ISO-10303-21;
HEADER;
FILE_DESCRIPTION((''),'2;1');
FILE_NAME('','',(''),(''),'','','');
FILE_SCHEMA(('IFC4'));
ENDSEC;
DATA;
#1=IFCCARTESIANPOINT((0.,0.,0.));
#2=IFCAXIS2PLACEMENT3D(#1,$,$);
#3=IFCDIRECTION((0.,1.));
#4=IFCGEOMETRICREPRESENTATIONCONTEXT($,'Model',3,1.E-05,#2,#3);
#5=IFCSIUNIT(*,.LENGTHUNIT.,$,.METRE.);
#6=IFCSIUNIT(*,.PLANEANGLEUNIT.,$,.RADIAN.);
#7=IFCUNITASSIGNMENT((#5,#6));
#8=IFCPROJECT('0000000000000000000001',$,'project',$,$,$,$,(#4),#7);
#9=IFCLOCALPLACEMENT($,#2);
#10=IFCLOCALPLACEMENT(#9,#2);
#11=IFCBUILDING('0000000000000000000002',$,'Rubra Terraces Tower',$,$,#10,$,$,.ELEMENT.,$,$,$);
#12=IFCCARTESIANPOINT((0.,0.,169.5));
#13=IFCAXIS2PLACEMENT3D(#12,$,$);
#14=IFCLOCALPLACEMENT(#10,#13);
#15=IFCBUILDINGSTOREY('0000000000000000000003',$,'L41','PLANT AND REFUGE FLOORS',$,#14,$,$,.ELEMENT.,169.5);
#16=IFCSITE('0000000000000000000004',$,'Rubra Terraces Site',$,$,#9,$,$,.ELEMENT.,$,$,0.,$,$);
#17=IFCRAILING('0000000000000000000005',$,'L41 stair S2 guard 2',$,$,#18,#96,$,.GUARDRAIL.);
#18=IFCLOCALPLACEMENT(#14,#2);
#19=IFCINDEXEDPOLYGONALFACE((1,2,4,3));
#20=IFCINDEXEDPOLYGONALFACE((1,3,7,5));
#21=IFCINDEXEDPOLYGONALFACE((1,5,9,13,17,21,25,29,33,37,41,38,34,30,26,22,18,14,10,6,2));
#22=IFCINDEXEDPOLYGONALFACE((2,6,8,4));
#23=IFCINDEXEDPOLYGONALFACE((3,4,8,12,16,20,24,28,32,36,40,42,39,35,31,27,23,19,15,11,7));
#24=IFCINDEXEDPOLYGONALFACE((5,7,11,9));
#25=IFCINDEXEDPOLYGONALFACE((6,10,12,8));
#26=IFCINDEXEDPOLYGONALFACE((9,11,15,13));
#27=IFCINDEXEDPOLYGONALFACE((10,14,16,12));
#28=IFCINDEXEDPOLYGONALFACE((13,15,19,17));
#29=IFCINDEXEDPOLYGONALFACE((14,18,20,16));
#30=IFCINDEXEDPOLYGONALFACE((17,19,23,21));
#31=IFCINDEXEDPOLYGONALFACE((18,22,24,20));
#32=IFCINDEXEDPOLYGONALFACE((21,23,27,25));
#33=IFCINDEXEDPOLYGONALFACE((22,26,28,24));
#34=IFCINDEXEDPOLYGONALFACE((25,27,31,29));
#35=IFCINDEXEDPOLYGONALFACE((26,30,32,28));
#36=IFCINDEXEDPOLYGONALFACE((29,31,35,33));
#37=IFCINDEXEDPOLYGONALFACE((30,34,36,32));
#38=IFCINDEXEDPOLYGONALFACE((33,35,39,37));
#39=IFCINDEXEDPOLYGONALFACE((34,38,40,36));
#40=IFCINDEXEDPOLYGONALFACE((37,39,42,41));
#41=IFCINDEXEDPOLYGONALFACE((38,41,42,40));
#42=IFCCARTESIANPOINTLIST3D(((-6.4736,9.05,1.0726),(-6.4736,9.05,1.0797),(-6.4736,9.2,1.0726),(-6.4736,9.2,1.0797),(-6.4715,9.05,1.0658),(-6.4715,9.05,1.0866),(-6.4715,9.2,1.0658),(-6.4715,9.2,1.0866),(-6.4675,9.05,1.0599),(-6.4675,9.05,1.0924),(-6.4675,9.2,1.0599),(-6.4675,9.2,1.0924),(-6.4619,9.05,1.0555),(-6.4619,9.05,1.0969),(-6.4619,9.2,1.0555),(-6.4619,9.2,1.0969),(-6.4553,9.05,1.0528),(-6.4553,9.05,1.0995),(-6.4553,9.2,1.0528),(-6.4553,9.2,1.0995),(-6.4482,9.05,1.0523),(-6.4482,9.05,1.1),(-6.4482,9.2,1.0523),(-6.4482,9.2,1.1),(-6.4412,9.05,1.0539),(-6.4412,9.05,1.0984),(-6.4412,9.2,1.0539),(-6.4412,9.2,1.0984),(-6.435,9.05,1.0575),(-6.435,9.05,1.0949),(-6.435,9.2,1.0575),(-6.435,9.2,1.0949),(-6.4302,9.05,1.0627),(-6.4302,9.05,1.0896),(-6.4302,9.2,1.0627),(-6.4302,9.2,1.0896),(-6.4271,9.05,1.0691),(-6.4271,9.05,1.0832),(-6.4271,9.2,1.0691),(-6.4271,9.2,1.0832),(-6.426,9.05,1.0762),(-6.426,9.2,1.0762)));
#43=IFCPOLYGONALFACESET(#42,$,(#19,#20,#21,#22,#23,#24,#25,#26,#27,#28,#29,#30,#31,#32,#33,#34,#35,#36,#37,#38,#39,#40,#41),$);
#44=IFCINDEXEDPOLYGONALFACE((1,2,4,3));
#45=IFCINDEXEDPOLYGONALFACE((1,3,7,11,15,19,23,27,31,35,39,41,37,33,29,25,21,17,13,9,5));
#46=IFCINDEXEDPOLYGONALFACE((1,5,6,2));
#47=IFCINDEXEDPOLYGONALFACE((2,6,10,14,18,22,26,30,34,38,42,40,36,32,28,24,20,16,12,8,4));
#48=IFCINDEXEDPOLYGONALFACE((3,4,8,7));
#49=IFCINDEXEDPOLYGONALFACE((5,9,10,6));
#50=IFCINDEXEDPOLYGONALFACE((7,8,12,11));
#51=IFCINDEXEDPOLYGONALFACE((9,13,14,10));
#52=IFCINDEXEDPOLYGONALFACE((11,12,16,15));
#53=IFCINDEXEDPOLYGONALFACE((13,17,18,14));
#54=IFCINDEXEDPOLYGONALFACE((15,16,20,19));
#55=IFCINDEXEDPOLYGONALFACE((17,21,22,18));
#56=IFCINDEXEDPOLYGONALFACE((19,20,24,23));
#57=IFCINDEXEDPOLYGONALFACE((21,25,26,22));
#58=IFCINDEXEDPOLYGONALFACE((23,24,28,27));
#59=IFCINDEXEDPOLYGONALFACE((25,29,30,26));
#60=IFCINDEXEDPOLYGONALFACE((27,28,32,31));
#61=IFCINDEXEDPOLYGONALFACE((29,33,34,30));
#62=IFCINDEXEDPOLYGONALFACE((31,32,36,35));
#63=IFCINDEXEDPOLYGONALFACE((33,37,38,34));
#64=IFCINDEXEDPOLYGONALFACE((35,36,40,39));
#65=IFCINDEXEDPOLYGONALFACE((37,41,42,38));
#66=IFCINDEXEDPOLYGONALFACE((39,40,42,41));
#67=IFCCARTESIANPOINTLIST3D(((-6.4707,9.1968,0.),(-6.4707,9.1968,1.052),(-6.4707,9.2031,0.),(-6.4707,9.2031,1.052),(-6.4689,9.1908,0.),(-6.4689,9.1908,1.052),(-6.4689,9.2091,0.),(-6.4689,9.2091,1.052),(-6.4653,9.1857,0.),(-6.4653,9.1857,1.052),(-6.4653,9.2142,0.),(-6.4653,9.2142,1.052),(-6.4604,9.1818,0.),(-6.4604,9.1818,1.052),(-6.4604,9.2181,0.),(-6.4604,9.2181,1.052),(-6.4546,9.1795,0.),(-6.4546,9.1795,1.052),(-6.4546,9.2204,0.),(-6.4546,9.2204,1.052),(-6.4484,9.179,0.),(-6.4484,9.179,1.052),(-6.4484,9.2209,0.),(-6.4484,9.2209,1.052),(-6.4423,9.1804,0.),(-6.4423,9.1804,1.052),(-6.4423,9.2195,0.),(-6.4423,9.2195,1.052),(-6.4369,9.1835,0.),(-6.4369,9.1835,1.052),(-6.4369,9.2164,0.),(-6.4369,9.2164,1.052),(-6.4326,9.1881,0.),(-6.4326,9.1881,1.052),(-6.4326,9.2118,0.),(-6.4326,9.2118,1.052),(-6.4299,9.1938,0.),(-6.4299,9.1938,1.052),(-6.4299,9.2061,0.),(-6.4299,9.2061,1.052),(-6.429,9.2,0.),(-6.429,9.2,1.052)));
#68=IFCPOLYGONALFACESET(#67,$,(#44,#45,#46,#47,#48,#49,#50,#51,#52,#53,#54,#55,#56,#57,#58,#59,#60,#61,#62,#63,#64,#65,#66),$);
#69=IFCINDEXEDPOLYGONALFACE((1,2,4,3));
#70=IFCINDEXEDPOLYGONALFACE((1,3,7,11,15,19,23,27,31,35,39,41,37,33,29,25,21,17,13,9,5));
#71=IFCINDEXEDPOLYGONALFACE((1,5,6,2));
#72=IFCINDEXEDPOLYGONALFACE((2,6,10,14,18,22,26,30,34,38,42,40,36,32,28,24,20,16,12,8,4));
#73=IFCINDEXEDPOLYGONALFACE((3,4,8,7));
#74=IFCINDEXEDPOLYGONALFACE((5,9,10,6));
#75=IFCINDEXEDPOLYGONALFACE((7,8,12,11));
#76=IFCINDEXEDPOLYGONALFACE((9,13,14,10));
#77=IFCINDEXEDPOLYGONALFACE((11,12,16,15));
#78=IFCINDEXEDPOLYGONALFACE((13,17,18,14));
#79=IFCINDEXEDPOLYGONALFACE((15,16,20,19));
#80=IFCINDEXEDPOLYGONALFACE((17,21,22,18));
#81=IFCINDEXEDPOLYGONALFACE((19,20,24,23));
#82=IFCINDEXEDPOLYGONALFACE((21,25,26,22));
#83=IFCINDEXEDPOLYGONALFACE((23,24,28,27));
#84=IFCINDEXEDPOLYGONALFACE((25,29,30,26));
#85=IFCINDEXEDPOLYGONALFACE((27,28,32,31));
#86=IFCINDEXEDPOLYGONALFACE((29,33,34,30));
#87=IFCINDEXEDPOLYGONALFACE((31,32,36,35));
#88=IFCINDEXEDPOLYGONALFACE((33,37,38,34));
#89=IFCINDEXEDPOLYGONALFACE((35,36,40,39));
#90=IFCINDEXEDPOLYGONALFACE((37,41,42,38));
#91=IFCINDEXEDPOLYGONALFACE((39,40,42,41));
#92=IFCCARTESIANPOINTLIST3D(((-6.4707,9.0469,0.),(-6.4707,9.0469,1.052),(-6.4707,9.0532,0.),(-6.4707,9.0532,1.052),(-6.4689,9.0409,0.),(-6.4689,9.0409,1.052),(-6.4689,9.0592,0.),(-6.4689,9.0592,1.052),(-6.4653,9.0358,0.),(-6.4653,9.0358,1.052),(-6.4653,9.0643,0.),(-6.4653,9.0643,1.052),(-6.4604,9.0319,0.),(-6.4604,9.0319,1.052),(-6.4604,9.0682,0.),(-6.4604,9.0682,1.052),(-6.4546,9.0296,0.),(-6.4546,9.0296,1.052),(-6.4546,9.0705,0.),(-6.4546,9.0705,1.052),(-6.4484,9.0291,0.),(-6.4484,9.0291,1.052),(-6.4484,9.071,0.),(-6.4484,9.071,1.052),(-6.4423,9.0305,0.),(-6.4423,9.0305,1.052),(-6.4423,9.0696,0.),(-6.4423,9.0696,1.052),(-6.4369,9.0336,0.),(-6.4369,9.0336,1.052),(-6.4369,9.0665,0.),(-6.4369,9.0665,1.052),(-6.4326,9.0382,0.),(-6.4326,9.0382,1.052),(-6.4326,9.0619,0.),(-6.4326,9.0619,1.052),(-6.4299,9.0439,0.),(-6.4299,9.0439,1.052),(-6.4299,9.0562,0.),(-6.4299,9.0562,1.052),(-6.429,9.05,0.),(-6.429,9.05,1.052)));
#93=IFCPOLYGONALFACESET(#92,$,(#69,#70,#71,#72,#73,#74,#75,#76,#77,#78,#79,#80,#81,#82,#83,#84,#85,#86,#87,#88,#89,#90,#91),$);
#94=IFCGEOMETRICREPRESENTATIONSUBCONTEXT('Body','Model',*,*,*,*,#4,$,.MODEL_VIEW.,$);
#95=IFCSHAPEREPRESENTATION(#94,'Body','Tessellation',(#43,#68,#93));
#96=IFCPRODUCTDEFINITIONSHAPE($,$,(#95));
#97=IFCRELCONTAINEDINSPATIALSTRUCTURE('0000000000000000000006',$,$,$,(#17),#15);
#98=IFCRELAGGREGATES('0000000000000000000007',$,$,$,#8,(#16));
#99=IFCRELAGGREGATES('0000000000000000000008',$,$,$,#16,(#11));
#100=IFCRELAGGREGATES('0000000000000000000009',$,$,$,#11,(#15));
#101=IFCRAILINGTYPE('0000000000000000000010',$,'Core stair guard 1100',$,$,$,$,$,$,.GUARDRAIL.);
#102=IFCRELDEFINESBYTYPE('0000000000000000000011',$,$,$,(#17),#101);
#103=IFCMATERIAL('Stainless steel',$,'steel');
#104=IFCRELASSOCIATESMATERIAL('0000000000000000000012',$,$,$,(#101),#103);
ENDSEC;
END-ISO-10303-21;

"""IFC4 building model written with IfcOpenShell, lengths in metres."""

from ifc_helpers import new_model, si_unit, direction, frame, origin, origin_2d, place, context, subcontext, project, spatial, circle, extrude, material, type_object, element, save


model = new_model("IFC4")

# Units and contexts
model_context = context("Model", 3, precision=1e-05, world=origin(), true_north=direction((0.0, 1.0)))
body_context = subcontext(model_context, "Body", "Model", "MODEL_VIEW")
ifc_project = project(units=[si_unit("LENGTHUNIT", "METRE"), si_unit("PLANEANGLEUNIT", "RADIAN")], contexts=[model_context])

# Site, building, storey
site_placement = place(None, origin())
site = spatial("IfcSite", under=ifc_project, at=site_placement, Name="Rubra Terraces Site", CompositionType="ELEMENT", RefElevation=0.0)
building_placement = place(site_placement, origin())
building = spatial("IfcBuilding", under=site, at=building_placement, Name="Rubra Terraces Tower", CompositionType="ELEMENT")
storey_placement = place(building_placement, frame((0.0, 0.0, 169.5)))
storey = spatial("IfcBuildingStorey", under=building, at=storey_placement, Name="L41", Description="PLANT AND REFUGE FLOORS", CompositionType="ELEMENT", Elevation=169.5)

# Shared definitions
ifc_material_1 = material(Name="Stainless steel", Category="steel")

# Railing
railing_type_1 = type_object("IfcRailingType", Name="Core stair guard 1100", PredefinedType="GUARDRAIL", material=ifc_material_1)
railing_1_placement = place(storey_placement, frame((-6.45, 9.2, 0.0)))
element("IfcRailing", 1, at=railing_1_placement, inside=storey, type_object=railing_type_1, Name="L41 stair S2 guard 2", PredefinedType="GUARDRAIL", context=body_context, shape_type="SweptSolid", body=[
    extrude(circle(Radius=0.0239, at=origin_2d()), frame((0.0, 0.0, 1.0762), z_axis=(0.0, -1.0, 0.0), x_axis=(1.0, 0.0, 0.0)), (0.0, 0.0, 1.0), 0.1499),
    extrude(circle(Radius=0.021, at=origin_2d()), origin(), (0.0, 0.0, 1.0), 1.052),
    extrude(circle(Radius=0.021, at=origin_2d()), frame((0.0, -0.1499, 0.0)), (0.0, 0.0, 1.0), 1.052),
])

save(model, "model.ifc")
